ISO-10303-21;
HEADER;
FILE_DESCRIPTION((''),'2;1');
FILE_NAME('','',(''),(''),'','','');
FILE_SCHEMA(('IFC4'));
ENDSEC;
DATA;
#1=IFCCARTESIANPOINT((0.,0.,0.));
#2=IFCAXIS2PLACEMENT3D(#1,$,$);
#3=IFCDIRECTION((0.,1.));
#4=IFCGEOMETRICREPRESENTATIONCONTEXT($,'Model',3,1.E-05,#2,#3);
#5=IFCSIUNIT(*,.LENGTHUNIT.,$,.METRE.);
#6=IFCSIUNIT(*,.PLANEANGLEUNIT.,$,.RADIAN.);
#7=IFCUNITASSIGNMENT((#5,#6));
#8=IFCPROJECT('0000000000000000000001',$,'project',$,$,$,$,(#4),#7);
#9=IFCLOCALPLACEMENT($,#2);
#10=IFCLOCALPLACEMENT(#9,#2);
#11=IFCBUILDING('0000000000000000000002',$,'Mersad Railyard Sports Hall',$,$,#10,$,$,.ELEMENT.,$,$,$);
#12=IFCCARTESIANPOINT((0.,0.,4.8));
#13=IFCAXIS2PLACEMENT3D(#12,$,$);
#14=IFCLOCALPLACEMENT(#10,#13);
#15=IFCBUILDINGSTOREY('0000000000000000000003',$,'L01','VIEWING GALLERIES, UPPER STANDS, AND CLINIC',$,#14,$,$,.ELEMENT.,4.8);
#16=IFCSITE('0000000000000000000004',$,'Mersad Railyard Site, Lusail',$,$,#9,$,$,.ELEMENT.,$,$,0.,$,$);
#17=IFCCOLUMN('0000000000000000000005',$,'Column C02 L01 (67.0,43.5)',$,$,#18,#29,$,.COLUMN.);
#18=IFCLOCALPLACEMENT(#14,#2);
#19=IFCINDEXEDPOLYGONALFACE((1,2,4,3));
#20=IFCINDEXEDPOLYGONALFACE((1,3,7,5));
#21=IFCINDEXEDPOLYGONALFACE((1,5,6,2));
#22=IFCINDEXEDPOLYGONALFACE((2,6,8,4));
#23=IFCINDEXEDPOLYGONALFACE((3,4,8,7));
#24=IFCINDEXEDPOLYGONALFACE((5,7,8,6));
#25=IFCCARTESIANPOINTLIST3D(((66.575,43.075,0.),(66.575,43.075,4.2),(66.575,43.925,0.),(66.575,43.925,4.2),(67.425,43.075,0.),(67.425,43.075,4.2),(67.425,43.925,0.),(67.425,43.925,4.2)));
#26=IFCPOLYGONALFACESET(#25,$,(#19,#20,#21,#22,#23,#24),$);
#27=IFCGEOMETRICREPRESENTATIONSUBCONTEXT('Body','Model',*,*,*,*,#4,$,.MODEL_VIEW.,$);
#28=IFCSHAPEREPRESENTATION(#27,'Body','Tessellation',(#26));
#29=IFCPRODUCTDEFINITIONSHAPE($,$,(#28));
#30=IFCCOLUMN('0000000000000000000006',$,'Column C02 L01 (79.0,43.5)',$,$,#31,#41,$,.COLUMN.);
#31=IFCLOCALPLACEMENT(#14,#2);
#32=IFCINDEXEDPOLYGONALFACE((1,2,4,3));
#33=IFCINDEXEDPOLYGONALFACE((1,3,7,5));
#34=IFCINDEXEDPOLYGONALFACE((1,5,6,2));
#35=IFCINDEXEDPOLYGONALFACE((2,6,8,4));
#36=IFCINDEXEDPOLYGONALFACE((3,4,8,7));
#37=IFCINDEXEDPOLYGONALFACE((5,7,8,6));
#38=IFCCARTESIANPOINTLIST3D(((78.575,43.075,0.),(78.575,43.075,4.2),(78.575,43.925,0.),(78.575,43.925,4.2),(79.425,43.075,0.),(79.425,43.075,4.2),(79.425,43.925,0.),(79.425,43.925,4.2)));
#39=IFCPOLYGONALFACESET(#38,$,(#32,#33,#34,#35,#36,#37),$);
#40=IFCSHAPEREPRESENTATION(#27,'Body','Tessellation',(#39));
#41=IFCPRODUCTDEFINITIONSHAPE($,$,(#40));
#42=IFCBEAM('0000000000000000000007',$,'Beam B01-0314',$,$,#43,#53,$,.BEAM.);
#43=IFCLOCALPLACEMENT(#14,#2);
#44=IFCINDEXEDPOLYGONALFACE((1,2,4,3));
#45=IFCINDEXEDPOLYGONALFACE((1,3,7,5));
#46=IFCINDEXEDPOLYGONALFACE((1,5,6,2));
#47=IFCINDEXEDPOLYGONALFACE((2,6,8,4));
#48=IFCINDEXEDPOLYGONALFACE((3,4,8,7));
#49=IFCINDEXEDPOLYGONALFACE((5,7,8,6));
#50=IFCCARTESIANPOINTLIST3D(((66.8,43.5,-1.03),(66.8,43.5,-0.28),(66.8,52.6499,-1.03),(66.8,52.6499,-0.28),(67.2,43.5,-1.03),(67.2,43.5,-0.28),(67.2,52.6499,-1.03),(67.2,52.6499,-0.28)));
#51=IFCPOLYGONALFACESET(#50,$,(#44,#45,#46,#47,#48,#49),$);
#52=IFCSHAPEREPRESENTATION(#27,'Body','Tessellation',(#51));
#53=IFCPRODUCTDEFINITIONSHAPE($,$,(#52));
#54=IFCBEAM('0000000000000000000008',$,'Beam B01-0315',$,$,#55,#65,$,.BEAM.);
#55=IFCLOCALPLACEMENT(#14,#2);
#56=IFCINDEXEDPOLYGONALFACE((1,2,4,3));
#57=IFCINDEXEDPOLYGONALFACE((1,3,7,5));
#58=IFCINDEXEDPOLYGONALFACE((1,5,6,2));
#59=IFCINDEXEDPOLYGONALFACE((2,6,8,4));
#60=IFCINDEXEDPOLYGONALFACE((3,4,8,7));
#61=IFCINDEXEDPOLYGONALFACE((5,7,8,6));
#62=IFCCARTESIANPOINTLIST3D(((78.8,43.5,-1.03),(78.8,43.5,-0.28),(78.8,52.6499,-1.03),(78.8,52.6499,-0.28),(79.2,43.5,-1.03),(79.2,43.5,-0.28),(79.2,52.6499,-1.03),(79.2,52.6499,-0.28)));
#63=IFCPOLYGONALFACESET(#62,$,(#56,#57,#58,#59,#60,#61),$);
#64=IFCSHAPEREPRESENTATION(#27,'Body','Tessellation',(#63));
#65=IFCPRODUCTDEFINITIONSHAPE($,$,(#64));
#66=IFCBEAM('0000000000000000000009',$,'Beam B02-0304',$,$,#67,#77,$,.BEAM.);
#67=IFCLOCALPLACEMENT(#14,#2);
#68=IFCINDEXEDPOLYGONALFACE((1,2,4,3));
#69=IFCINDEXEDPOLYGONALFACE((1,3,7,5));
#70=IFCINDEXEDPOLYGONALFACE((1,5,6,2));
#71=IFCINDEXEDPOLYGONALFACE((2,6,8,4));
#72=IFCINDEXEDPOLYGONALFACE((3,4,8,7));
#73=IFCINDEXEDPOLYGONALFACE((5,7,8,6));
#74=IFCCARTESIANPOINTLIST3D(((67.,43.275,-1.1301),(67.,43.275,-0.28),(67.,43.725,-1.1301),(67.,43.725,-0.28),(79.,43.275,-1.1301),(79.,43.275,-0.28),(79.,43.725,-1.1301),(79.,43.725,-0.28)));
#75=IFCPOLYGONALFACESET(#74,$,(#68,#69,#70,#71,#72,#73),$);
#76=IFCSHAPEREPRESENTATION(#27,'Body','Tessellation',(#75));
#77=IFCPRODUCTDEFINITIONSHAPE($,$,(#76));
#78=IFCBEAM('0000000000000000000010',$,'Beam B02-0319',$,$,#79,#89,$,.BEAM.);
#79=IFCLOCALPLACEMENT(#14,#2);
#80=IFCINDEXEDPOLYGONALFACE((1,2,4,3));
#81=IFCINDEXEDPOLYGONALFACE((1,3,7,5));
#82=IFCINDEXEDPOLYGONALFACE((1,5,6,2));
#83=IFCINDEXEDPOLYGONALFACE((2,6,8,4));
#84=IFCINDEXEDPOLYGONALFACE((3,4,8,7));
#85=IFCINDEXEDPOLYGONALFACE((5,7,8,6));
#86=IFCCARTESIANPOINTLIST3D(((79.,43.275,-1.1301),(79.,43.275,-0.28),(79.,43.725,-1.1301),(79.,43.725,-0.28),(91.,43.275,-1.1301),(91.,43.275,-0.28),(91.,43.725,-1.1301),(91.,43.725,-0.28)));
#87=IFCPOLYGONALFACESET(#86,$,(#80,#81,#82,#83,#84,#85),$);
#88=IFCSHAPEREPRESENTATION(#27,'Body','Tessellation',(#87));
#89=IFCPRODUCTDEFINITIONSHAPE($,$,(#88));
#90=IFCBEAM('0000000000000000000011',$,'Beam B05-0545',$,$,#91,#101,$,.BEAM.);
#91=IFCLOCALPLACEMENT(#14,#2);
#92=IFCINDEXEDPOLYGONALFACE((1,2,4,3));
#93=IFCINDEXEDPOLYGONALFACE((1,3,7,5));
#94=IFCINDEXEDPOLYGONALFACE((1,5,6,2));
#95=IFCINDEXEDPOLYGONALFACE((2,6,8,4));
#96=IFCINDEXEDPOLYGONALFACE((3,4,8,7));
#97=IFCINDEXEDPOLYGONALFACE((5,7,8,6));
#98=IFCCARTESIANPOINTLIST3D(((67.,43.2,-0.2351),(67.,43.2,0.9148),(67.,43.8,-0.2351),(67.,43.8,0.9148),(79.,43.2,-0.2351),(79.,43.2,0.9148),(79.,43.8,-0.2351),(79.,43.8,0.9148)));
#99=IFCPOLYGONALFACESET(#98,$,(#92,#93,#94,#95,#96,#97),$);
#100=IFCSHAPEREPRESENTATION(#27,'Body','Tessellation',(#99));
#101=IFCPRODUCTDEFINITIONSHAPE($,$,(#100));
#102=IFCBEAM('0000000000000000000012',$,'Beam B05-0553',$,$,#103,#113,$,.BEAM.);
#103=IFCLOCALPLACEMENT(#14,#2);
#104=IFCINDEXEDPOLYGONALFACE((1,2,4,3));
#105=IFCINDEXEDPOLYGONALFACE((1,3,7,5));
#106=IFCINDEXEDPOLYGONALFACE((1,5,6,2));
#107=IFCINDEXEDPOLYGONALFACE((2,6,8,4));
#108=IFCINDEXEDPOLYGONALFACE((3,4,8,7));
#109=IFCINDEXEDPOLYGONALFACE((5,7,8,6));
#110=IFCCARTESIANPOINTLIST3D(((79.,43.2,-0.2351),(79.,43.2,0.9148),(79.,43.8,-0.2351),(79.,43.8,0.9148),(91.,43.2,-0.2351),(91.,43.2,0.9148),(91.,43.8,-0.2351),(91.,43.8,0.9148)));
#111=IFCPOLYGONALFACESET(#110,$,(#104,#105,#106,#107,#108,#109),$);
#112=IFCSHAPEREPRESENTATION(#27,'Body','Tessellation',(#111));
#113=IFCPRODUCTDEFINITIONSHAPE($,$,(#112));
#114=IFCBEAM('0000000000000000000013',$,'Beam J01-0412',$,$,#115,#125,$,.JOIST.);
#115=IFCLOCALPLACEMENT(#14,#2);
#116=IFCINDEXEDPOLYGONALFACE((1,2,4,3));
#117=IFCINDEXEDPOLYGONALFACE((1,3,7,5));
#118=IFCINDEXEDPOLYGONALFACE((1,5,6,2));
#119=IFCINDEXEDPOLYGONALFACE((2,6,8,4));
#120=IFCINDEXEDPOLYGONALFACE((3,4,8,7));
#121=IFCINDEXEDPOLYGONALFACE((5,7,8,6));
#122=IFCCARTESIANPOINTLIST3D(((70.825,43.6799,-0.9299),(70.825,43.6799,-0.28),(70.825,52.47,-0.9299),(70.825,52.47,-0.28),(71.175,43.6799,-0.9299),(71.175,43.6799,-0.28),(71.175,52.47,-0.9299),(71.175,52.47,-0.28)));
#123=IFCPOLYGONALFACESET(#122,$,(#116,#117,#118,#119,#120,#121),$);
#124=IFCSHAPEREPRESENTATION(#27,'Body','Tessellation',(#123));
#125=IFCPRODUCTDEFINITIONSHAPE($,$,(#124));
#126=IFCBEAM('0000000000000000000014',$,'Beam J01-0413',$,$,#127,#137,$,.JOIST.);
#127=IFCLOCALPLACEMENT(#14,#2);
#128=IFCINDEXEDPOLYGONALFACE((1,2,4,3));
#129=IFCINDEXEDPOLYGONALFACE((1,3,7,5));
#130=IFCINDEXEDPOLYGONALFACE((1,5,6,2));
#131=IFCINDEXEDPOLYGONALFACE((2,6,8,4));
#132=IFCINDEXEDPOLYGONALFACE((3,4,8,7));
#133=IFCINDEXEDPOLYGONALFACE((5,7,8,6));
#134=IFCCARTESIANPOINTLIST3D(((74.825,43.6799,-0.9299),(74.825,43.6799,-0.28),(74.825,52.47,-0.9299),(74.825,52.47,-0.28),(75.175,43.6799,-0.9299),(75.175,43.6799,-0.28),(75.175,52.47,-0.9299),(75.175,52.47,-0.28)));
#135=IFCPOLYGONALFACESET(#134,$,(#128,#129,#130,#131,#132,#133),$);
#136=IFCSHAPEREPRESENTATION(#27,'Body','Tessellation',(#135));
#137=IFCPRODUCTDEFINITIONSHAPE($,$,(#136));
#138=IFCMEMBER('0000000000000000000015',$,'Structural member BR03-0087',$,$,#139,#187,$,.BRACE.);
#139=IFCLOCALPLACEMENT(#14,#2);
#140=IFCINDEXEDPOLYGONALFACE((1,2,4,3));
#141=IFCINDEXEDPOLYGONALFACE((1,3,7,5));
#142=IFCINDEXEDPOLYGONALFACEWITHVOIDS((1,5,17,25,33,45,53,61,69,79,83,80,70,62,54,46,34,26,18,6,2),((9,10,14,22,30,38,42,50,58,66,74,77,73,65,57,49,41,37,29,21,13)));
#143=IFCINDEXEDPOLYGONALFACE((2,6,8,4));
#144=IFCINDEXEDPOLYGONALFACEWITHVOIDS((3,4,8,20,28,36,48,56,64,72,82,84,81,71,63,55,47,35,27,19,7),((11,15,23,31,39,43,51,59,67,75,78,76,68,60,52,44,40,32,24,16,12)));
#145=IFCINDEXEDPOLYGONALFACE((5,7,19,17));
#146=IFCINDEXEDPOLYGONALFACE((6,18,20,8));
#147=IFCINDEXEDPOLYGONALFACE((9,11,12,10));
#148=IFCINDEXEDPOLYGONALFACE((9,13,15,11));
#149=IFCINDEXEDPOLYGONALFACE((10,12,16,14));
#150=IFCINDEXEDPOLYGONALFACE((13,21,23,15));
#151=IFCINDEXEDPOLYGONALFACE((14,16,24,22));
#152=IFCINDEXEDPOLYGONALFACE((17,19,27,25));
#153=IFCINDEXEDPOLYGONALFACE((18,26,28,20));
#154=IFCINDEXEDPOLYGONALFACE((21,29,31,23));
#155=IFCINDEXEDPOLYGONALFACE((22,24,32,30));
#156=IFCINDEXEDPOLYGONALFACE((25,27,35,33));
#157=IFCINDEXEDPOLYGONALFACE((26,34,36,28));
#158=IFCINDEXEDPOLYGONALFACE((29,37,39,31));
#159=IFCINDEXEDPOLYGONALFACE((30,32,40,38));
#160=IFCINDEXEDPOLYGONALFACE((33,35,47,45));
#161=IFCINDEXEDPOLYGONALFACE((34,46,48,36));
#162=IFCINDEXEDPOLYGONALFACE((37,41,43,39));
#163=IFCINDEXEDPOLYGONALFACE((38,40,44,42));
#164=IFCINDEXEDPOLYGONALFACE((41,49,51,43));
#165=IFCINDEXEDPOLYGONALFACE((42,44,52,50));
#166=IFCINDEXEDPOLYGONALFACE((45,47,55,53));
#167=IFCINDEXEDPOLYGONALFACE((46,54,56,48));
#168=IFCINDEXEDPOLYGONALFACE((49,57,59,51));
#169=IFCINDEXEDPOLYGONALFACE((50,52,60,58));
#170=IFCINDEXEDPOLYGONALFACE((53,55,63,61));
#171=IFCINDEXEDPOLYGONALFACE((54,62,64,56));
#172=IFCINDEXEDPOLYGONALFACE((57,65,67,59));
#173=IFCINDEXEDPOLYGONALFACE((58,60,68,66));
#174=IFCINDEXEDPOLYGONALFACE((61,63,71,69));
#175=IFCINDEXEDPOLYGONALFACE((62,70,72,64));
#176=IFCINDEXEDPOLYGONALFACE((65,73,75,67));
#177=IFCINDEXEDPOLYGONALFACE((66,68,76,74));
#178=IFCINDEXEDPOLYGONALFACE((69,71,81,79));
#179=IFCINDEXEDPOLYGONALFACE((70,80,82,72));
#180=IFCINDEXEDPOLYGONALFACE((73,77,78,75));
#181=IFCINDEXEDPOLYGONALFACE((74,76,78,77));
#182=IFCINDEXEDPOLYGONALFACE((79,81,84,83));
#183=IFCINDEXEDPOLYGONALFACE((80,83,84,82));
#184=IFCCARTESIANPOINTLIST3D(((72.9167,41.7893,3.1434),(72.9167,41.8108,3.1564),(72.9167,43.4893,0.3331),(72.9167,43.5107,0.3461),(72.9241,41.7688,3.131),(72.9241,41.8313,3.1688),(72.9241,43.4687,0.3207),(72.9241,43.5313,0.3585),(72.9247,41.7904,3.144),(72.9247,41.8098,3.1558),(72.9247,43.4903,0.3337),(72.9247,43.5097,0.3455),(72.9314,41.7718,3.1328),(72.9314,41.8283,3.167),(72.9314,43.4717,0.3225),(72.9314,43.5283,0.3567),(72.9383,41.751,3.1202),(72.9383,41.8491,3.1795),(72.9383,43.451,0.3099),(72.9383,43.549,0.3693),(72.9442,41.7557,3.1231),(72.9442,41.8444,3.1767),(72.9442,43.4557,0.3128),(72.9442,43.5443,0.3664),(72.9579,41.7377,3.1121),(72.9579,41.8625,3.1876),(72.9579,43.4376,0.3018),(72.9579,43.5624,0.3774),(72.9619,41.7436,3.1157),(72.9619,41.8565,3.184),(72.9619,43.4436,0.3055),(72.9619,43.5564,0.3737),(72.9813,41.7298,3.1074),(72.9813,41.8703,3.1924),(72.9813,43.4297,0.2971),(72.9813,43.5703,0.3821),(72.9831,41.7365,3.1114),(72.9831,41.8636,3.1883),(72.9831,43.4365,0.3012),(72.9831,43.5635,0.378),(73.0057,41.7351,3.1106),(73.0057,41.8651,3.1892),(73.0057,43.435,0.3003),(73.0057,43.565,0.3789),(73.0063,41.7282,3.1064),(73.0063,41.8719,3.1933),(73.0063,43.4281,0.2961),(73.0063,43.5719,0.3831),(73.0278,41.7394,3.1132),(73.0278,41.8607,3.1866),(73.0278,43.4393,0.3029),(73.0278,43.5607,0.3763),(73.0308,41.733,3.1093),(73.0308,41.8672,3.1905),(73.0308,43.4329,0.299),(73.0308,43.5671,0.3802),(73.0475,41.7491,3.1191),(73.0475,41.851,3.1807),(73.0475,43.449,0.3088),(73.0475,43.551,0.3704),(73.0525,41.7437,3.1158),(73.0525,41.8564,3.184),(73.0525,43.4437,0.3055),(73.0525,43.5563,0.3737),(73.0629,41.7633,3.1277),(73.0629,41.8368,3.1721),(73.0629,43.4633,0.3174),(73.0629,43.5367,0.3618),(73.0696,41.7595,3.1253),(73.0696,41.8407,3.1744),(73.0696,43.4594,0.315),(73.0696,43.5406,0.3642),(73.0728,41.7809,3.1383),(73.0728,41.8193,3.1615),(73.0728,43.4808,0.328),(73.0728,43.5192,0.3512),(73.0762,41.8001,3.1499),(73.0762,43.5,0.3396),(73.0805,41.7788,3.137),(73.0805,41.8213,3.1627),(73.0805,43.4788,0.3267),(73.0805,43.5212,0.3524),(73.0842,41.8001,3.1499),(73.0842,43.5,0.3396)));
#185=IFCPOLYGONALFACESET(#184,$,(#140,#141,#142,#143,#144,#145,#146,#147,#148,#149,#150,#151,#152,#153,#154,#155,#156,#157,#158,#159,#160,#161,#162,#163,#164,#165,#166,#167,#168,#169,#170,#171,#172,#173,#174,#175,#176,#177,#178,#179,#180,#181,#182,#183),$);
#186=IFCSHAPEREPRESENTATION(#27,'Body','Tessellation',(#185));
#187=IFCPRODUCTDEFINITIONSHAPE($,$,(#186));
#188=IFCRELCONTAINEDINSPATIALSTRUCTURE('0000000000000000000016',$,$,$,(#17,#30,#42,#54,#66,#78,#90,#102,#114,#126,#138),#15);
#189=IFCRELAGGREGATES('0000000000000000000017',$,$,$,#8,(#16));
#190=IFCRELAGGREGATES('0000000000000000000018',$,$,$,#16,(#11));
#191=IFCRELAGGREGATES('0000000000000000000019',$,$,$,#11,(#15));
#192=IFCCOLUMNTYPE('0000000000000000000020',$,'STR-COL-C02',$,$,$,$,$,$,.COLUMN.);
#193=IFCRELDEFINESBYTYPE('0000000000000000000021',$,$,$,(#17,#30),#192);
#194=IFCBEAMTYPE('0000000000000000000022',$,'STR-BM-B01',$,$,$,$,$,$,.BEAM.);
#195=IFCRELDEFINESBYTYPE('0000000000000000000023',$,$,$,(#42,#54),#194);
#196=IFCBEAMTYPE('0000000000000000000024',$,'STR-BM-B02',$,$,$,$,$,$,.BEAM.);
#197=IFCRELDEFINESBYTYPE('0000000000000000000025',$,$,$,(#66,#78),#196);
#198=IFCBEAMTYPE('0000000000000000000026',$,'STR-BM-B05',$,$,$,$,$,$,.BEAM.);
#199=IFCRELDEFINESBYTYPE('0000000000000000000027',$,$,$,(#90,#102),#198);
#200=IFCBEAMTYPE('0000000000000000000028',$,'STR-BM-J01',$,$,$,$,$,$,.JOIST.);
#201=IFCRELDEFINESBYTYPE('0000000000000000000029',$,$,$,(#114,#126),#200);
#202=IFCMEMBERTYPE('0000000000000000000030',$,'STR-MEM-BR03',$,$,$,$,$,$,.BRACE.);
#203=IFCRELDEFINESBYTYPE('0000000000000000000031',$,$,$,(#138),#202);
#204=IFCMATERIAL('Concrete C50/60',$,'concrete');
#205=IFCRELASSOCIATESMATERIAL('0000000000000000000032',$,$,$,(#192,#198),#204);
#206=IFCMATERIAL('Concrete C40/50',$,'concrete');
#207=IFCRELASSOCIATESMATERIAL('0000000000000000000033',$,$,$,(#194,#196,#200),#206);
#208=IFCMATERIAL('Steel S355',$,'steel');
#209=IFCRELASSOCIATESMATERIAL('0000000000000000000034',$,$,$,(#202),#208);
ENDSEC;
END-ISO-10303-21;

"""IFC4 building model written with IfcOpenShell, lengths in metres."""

from ifc_helpers import new_model, si_unit, direction, frame, origin, origin_2d, place, context, subcontext, project, spatial, rectangle, hollow_circle, extrude, material, material_profile, profile_set, type_object, element, save


model = new_model("IFC4")

# Units and contexts
model_context = context("Model", 3, precision=1e-05, world=origin(), true_north=direction((0.0, 1.0)))
body_context = subcontext(model_context, "Body", "Model", "MODEL_VIEW")
ifc_project = project(units=[si_unit("LENGTHUNIT", "METRE"), si_unit("PLANEANGLEUNIT", "RADIAN")], contexts=[model_context])

# Site, building, storey
site_placement = place(None, origin())
site = spatial("IfcSite", under=ifc_project, at=site_placement, Name="Mersad Railyard Site, Lusail", CompositionType="ELEMENT", RefElevation=0.0)
building_placement = place(site_placement, origin())
building = spatial("IfcBuilding", under=site, at=building_placement, Name="Mersad Railyard Sports Hall", CompositionType="ELEMENT")
storey_placement = place(building_placement, frame((0.0, 0.0, 4.8)))
storey = spatial("IfcBuildingStorey", under=building, at=storey_placement, Name="L01", Description="VIEWING GALLERIES, UPPER STANDS, AND CLINIC", CompositionType="ELEMENT", Elevation=4.8)

# Columns
ifc_material_1 = material(Name="Concrete C50/60", Category="concrete")
ifc_material_profile_1 = material_profile(ifc_material_1, rectangle(XDim=0.8501, YDim=0.8501, at=origin_2d()), Name="RC 850x850")
ifc_profile_set_1 = profile_set([ifc_material_profile_1], Name="Concrete C50/60")
column_type = type_object("IfcColumnType", Name="STR-COL-C02", PredefinedType="COLUMN", material=ifc_profile_set_1)
for number, where, z_axis, x_axis, name in (
    (1, (67.0, 43.5, 0.0), (0.0, 0.0, 1.0), (1.0, 0.0, 0.0), "Column C02 L01 (67.0,43.5)"),
    (2, (79.0, 43.5, 0.0), (0.0, 0.0, 1.0), (1.0, 0.0, 0.0), "Column C02 L01 (79.0,43.5)"),
):
    element("IfcColumn", number, at=place(storey_placement, frame(where, z_axis=z_axis, x_axis=x_axis)), inside=storey, type_object=column_type, Name=name, PredefinedType="COLUMN", context=body_context, shape_type="SweptSolid", body=[
        extrude(rectangle(XDim=0.8501, YDim=0.8501, at=origin_2d()), origin(), (0.0, 0.0, 1.0), 4.2),
    ])

# Beams
ifc_material_2 = material(Name="Concrete C40/50", Category="concrete")
ifc_material_profile_2 = material_profile(ifc_material_2, rectangle(XDim=0.3999, YDim=0.75, at=origin_2d()), Name="RC 400x750")
ifc_profile_set_2 = profile_set([ifc_material_profile_2], Name="Concrete C40/50")
beam_type_1 = type_object("IfcBeamType", Name="STR-BM-B01", PredefinedType="BEAM", material=ifc_profile_set_2)
for number, where, z_axis, x_axis, name in (
    (3, (67.0, 43.5, -0.655), (0.0, 1.0, 0.0), (-1.0, 0.0, 0.0), "Beam B01-0314"),
    (4, (79.0, 43.5, -0.655), (0.0, 1.0, 0.0), (-1.0, 0.0, 0.0), "Beam B01-0315"),
):
    element("IfcBeam", number, at=place(storey_placement, frame(where, z_axis=z_axis, x_axis=x_axis)), inside=storey, type_object=beam_type_1, Name=name, PredefinedType="BEAM", context=body_context, shape_type="SweptSolid", body=[
        extrude(rectangle(XDim=0.3999, YDim=0.75, at=origin_2d()), origin(), (0.0, 0.0, 1.0), 9.1499),
    ])
ifc_material_profile_3 = material_profile(ifc_material_2, rectangle(XDim=0.45, YDim=0.8501, at=origin_2d()), Name="RC 450x850")
ifc_profile_set_3 = profile_set([ifc_material_profile_3], Name="Concrete C40/50")
beam_type_2 = type_object("IfcBeamType", Name="STR-BM-B02", PredefinedType="BEAM", material=ifc_profile_set_3)
for number, where, z_axis, x_axis, name in (
    (5, (67.0, 43.5, -0.7051), (1.0, 0.0, 0.0), (0.0, 1.0, 0.0), "Beam B02-0304"),
    (6, (79.0, 43.5, -0.7051), (1.0, 0.0, 0.0), (0.0, 1.0, 0.0), "Beam B02-0319"),
):
    element("IfcBeam", number, at=place(storey_placement, frame(where, z_axis=z_axis, x_axis=x_axis)), inside=storey, type_object=beam_type_2, Name=name, PredefinedType="BEAM", context=body_context, shape_type="SweptSolid", body=[
        extrude(rectangle(XDim=0.45, YDim=0.8501, at=origin_2d()), origin(), (0.0, 0.0, 1.0), 12.0),
    ])
ifc_material_profile_4 = material_profile(ifc_material_1, rectangle(XDim=0.6001, YDim=1.1499, at=origin_2d()), Name="RC 600x1150")
ifc_profile_set_4 = profile_set([ifc_material_profile_4], Name="Concrete C50/60")
beam_type_3 = type_object("IfcBeamType", Name="STR-BM-B05", PredefinedType="BEAM", material=ifc_profile_set_4)
for number, where, z_axis, x_axis, name in (
    (7, (67.0, 43.5, 0.3398), (1.0, 0.0, 0.0), (0.0, 1.0, 0.0), "Beam B05-0545"),
    (8, (79.0, 43.5, 0.3398), (1.0, 0.0, 0.0), (0.0, 1.0, 0.0), "Beam B05-0553"),
):
    element("IfcBeam", number, at=place(storey_placement, frame(where, z_axis=z_axis, x_axis=x_axis)), inside=storey, type_object=beam_type_3, Name=name, PredefinedType="BEAM", context=body_context, shape_type="SweptSolid", body=[
        extrude(rectangle(XDim=0.6001, YDim=1.1499, at=origin_2d()), origin(), (0.0, 0.0, 1.0), 12.0),
    ])
ifc_material_profile_5 = material_profile(ifc_material_2, rectangle(XDim=0.3501, YDim=0.6499, at=origin_2d()), Name="RC 350x650")
ifc_profile_set_5 = profile_set([ifc_material_profile_5], Name="Concrete C40/50")
beam_type_4 = type_object("IfcBeamType", Name="STR-BM-J01", PredefinedType="JOIST", material=ifc_profile_set_5)
for number, where, z_axis, x_axis, name in (
    (9, (71.0, 43.6799, -0.605), (0.0, 1.0, 0.0), (-1.0, 0.0, 0.0), "Beam J01-0412"),
    (10, (75.0, 43.6799, -0.605), (0.0, 1.0, 0.0), (-1.0, 0.0, 0.0), "Beam J01-0413"),
):
    element("IfcBeam", number, at=place(storey_placement, frame(where, z_axis=z_axis, x_axis=x_axis)), inside=storey, type_object=beam_type_4, Name=name, PredefinedType="JOIST", context=body_context, shape_type="SweptSolid", body=[
        extrude(rectangle(XDim=0.3501, YDim=0.6499, at=origin_2d()), origin(), (0.0, 0.0, 1.0), 8.79),
    ])

# Member
ifc_material_3 = material(Name="Steel S355", Category="steel")
ifc_material_profile_6 = material_profile(ifc_material_3, hollow_circle(Radius=0.0842, WallThickness=0.0081, at=origin_2d()), Name="CHS 168.3x8")
ifc_profile_set_6 = profile_set([ifc_material_profile_6], Name="Steel S355")
member_type = type_object("IfcMemberType", Name="STR-MEM-BR03", PredefinedType="BRACE", material=ifc_profile_set_6)
member_placement = place(storey_placement, frame((73.0, 43.5, 0.3396), z_axis=(0.0, -0.517575, 0.855638), x_axis=(1.0, 0.0, 0.0)))
element("IfcMember", 11, at=member_placement, inside=storey, type_object=member_type, Name="Structural member BR03-0087", PredefinedType="BRACE", context=body_context, shape_type="SweptSolid", body=[
    extrude(hollow_circle(Radius=0.0842, WallThickness=0.0081, at=origin_2d()), origin(), (0.0, 0.0, 1.0), 3.2844),
])

save(model, "model.ifc")
